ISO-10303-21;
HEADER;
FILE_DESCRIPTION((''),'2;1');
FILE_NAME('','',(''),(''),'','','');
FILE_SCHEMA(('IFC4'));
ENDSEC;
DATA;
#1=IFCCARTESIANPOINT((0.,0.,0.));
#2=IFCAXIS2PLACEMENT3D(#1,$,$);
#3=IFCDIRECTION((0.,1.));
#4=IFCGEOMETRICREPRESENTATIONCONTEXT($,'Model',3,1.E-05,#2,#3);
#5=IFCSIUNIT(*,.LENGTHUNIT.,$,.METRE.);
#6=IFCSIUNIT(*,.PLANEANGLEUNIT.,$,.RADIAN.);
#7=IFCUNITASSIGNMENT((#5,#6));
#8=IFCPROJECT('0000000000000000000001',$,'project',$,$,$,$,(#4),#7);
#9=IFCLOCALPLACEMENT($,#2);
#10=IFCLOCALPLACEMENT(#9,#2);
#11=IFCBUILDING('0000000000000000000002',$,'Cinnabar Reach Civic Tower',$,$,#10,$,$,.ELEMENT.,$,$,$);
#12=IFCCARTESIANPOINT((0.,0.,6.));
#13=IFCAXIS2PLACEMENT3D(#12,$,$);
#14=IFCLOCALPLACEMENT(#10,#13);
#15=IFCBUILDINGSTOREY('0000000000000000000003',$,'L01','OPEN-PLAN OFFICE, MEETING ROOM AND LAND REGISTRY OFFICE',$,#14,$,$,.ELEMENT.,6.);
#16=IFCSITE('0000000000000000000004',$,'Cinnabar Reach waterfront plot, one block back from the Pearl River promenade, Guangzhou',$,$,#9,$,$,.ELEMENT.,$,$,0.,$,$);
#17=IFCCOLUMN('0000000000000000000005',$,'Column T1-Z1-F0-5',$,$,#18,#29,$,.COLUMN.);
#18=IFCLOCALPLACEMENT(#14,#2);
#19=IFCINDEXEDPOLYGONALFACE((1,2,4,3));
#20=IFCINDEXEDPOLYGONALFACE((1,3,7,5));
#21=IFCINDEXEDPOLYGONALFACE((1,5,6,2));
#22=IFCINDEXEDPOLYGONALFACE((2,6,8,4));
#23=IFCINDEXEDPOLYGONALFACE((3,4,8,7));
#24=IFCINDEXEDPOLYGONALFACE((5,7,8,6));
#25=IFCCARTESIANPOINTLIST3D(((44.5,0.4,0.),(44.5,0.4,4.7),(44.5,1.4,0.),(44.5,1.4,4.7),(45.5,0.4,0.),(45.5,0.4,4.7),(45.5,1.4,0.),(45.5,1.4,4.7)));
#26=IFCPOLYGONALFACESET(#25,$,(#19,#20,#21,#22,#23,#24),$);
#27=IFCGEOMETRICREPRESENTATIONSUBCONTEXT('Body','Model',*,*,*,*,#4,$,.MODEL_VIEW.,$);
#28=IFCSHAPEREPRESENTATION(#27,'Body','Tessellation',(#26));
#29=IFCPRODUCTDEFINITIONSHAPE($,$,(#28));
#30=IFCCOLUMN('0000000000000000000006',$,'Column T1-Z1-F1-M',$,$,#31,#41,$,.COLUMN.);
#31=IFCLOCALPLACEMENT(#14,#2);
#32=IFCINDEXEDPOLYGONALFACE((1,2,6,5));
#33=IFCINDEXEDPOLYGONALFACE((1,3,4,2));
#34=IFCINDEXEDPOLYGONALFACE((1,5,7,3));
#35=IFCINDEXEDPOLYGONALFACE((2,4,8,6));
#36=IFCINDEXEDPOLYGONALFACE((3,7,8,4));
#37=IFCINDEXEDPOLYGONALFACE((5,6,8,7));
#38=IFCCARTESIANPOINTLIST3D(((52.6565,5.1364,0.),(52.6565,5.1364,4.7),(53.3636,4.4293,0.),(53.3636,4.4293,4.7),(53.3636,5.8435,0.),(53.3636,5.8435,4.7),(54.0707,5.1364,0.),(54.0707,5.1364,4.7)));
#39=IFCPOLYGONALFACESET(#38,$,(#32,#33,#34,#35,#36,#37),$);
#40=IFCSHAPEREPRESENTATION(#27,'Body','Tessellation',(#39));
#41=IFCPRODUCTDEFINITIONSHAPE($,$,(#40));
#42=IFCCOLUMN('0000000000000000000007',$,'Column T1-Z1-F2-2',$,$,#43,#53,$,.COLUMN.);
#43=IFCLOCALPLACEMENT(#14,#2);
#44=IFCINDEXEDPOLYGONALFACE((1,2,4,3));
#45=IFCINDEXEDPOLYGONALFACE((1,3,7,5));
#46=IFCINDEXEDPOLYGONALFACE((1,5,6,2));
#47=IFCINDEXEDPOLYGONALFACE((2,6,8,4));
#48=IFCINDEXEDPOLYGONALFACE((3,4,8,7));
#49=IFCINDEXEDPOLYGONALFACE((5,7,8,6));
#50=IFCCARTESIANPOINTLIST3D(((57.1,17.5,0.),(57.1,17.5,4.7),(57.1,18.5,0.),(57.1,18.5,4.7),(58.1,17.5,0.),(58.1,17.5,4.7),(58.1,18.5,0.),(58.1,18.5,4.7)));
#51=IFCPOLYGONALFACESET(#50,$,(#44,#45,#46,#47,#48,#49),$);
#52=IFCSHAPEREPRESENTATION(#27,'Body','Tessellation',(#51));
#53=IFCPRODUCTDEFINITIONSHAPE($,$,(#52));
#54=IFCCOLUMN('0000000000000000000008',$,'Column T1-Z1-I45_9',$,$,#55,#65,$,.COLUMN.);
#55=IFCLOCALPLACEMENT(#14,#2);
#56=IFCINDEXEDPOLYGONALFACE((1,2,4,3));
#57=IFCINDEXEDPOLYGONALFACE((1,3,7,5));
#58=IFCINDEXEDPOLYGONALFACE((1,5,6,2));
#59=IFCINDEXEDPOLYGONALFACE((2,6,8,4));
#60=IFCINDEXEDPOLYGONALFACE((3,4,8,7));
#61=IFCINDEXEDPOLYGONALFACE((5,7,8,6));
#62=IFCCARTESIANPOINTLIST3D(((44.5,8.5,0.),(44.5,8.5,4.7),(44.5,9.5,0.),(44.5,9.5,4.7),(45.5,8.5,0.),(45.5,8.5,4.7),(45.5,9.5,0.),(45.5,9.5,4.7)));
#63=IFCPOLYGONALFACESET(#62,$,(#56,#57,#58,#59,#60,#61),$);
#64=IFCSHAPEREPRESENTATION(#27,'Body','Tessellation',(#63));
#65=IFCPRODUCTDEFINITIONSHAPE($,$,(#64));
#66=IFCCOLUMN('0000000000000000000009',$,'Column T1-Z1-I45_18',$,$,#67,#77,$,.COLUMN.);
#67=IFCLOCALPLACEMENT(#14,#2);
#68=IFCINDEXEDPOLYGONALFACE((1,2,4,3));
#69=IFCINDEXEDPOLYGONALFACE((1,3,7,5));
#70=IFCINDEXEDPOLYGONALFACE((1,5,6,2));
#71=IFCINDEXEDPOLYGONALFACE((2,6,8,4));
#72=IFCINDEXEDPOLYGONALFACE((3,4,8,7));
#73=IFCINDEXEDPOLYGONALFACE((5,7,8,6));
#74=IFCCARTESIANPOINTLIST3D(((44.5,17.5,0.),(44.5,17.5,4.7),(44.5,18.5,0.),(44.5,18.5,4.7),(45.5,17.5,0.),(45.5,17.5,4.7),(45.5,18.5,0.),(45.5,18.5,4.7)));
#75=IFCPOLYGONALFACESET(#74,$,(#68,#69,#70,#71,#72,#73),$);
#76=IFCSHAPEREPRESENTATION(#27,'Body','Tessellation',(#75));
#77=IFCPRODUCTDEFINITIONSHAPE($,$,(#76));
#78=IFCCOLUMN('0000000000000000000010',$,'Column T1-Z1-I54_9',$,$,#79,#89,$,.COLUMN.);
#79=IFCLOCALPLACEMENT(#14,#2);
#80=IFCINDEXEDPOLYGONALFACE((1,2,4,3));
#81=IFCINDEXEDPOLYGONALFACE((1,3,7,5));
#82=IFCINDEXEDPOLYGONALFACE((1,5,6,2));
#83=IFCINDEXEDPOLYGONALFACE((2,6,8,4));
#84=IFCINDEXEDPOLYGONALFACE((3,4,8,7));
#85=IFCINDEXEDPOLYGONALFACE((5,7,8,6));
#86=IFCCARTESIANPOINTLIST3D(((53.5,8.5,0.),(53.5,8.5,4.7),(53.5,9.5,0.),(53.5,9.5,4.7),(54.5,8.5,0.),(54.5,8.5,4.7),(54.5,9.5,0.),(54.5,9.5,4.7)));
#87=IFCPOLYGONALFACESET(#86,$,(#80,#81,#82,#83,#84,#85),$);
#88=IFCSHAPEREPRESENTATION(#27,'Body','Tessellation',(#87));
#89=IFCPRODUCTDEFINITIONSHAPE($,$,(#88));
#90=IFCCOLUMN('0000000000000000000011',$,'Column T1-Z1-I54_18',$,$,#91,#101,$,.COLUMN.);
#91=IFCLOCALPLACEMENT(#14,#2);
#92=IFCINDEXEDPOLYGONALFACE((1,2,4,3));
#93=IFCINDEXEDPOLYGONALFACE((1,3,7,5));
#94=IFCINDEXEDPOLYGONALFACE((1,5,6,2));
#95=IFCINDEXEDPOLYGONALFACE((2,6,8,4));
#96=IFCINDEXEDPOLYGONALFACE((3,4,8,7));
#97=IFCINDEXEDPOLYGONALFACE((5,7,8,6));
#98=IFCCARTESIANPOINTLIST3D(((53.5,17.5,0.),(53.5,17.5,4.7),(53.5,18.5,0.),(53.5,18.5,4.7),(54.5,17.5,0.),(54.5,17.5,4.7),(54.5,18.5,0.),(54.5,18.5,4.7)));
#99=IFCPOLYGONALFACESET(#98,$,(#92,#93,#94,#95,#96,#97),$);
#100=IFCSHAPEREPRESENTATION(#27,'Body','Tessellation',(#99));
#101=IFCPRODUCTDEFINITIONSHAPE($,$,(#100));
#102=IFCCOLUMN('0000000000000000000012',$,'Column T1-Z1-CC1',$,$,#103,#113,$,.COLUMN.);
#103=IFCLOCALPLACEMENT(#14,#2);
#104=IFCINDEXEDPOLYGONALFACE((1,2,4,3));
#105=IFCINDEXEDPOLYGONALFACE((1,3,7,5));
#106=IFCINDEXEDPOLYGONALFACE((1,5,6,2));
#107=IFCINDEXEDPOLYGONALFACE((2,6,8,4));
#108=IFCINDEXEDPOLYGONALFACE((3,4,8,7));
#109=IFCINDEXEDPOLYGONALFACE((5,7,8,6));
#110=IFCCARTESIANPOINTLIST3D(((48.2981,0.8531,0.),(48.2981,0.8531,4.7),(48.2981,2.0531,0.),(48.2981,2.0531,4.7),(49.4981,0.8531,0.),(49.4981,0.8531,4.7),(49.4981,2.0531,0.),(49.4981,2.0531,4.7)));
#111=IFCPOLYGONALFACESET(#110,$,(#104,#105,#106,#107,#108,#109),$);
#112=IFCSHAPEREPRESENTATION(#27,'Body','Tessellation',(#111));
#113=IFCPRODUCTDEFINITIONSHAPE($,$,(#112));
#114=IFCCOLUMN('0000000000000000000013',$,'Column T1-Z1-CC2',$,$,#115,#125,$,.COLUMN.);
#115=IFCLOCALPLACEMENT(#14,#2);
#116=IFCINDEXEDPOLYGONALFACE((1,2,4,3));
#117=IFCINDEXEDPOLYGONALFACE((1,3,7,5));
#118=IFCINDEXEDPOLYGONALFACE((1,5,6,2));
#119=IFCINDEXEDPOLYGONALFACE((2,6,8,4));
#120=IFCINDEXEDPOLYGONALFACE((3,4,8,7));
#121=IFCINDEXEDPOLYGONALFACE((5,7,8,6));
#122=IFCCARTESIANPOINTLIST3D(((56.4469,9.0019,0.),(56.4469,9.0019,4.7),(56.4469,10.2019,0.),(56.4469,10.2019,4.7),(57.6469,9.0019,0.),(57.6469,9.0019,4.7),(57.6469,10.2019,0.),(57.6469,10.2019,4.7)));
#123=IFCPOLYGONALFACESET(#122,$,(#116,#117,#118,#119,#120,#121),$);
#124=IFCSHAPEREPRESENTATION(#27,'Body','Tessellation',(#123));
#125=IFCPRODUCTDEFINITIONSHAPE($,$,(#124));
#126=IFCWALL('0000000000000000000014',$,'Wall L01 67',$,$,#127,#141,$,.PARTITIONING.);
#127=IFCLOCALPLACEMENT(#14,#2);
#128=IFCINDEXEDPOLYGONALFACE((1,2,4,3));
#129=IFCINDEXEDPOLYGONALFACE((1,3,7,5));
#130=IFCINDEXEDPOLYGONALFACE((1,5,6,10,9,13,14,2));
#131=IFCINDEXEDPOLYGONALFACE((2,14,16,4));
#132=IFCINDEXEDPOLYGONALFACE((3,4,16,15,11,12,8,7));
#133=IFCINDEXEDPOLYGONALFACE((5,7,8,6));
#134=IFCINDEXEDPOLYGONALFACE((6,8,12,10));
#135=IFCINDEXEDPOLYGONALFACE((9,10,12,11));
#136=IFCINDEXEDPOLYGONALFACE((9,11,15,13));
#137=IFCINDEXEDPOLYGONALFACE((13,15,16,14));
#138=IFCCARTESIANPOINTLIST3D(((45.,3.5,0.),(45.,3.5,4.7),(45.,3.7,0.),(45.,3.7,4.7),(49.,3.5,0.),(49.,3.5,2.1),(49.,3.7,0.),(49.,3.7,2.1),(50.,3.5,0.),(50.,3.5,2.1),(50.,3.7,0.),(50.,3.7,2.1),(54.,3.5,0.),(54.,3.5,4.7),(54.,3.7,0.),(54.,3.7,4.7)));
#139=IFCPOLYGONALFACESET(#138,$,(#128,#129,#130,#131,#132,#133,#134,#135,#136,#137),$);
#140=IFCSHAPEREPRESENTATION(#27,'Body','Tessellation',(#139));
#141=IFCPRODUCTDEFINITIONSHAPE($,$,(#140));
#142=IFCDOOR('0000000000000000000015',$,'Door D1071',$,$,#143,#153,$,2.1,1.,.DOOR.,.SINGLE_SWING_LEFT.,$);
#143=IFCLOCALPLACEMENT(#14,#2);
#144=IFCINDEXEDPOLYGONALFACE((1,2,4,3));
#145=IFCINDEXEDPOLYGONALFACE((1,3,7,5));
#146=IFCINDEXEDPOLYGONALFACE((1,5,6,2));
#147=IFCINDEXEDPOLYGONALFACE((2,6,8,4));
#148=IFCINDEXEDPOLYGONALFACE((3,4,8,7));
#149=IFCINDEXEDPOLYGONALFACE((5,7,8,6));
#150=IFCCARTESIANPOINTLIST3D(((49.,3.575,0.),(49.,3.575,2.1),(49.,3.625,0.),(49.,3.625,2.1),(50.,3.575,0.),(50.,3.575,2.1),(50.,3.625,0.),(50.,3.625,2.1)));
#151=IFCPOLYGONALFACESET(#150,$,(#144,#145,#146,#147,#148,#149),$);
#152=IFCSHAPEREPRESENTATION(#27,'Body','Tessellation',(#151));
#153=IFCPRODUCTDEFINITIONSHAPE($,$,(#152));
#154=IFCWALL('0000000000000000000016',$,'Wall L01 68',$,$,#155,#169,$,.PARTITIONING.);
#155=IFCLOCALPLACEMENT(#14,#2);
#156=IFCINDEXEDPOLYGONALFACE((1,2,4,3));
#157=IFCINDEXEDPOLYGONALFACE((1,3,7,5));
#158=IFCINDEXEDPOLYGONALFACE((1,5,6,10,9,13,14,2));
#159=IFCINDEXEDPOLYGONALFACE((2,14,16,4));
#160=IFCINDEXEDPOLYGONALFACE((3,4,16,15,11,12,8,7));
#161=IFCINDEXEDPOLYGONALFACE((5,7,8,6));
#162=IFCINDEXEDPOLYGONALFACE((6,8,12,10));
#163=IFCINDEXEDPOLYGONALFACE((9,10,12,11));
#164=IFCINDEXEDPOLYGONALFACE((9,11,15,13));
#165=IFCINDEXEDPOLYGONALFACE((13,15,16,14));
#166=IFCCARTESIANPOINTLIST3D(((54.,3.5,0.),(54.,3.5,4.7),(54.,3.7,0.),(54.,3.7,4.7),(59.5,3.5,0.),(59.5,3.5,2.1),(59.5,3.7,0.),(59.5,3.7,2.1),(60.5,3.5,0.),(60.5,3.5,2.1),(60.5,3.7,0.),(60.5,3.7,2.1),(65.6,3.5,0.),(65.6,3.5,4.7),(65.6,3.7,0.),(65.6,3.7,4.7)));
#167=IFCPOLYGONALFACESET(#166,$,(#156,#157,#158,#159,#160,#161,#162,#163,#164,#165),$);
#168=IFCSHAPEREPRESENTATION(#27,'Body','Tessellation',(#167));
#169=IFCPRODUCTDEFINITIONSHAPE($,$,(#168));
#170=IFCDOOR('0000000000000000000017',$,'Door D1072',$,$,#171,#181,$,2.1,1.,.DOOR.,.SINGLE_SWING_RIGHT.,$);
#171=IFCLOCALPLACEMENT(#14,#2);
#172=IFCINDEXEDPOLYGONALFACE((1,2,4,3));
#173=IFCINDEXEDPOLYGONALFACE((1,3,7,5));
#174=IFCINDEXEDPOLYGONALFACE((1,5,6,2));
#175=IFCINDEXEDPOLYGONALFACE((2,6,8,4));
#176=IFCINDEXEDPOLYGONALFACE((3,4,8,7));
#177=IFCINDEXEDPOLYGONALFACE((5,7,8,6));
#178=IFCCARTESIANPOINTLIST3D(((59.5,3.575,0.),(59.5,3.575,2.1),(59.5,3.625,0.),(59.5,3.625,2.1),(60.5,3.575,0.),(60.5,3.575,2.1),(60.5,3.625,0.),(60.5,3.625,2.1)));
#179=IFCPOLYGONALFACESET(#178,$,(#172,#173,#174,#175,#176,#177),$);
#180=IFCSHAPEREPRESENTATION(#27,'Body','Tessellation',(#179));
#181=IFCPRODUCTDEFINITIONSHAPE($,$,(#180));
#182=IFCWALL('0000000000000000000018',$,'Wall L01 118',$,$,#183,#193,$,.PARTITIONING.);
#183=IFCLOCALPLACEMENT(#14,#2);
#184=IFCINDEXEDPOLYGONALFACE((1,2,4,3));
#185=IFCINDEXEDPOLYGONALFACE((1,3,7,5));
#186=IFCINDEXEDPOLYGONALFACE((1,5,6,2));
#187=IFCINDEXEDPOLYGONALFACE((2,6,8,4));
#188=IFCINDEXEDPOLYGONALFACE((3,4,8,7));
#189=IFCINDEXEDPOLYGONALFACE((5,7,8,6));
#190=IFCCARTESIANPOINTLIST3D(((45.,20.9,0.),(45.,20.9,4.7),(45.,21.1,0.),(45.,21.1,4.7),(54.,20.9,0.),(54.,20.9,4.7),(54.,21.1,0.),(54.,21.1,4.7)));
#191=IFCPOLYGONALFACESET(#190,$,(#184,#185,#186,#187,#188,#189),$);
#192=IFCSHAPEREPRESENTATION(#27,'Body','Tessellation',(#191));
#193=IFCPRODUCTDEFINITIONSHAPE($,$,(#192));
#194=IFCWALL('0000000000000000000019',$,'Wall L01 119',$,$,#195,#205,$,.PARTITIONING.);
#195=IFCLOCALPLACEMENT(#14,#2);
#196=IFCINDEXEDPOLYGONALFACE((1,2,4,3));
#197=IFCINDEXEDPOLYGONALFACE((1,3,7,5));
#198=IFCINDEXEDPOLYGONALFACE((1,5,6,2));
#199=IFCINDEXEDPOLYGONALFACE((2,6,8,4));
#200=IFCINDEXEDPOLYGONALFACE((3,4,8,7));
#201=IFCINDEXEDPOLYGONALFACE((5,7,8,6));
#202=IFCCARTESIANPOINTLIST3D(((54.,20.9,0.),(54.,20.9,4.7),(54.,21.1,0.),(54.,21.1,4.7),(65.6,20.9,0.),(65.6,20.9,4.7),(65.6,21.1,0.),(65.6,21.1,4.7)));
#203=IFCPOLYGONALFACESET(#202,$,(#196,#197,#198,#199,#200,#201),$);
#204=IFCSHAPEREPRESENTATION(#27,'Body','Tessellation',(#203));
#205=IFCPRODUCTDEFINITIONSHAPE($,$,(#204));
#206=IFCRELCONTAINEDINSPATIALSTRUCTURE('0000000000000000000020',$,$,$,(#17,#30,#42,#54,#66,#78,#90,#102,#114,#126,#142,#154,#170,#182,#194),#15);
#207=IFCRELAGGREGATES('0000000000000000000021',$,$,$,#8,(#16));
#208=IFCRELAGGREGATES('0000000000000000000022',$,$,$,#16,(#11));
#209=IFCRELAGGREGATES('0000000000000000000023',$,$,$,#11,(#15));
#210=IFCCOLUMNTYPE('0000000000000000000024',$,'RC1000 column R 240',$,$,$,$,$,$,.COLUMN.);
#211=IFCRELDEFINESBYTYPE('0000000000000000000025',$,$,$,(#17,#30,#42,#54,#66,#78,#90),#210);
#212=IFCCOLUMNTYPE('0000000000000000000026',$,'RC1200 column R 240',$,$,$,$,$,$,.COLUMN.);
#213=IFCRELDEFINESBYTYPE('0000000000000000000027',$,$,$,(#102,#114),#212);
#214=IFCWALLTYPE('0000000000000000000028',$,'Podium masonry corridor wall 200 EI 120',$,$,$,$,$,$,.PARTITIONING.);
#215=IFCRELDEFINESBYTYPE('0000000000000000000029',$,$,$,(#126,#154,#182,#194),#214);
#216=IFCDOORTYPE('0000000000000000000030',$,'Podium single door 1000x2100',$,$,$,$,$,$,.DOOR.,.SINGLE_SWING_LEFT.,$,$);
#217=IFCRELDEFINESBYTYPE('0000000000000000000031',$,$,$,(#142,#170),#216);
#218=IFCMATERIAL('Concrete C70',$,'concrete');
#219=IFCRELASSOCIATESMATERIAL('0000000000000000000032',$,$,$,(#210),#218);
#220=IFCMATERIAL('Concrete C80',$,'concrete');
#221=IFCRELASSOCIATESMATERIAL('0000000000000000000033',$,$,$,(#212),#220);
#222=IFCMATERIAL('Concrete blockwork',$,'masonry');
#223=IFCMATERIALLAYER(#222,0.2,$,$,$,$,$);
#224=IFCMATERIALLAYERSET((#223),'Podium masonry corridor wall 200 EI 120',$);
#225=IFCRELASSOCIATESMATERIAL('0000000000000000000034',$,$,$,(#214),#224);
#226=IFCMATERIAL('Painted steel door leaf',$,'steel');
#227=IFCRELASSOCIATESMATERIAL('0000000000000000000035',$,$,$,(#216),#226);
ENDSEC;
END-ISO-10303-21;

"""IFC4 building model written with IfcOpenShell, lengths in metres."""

from ifc_helpers import new_model, si_unit, direction, frame, frame_2d, origin, origin_2d, place, context, subcontext, project, spatial, rectangle, extrude, material, layer, layer_set, material_profile, profile_set, type_object, element, fill, save


model = new_model("IFC4")

# Units and contexts
model_context = context("Model", 3, precision=1e-05, world=origin(), true_north=direction((0.0, 1.0)))
body_context = subcontext(model_context, "Body", "Model", "MODEL_VIEW")
ifc_project = project(units=[si_unit("LENGTHUNIT", "METRE"), si_unit("PLANEANGLEUNIT", "RADIAN")], contexts=[model_context])

# Site, building, storey
site_placement = place(None, origin())
site = spatial("IfcSite", under=ifc_project, at=site_placement, Name="Cinnabar Reach waterfront plot, one block back from the Pearl River promenade, Guangzhou", CompositionType="ELEMENT", RefElevation=0.0)
building_placement = place(site_placement, origin())
building = spatial("IfcBuilding", under=site, at=building_placement, Name="Cinnabar Reach Civic Tower", CompositionType="ELEMENT")
storey_placement = place(building_placement, frame((0.0, 0.0, 6.0)))
storey = spatial("IfcBuildingStorey", under=building, at=storey_placement, Name="L01", Description="OPEN-PLAN OFFICE, MEETING ROOM AND LAND REGISTRY OFFICE", CompositionType="ELEMENT", Elevation=6.0)

# Columns
ifc_material_1 = material(Name="Concrete C70", Category="concrete")
ifc_material_profile_1 = material_profile(ifc_material_1, rectangle(XDim=1.0, YDim=1.0, at=origin_2d()), Name="RC1000")
ifc_profile_set_1 = profile_set([ifc_material_profile_1], Name="Concrete C70")
column_type_1 = type_object("IfcColumnType", Name="RC1000 column R 240", PredefinedType="COLUMN", material=ifc_profile_set_1)
for number, where, z_axis, x_axis, name in (
    (1, (45.0, 0.9, 0.0), (0.0, 0.0, 1.0), (1.0, 0.0, 0.0), "Column T1-Z1-F0-5"),
    (2, (53.3636, 5.1364, 0.0), (0.0, 0.0, 1.0), (0.707107, 0.707107, 0.0), "Column T1-Z1-F1-M"),
    (3, (57.6, 18.0, 0.0), (0.0, 0.0, 1.0), (1.0, 0.0, 0.0), "Column T1-Z1-F2-2"),
    (4, (45.0, 9.0, 0.0), (0.0, 0.0, 1.0), (1.0, 0.0, 0.0), "Column T1-Z1-I45_9"),
    (5, (45.0, 18.0, 0.0), (0.0, 0.0, 1.0), (1.0, 0.0, 0.0), "Column T1-Z1-I45_18"),
    (6, (54.0, 9.0, 0.0), (0.0, 0.0, 1.0), (1.0, 0.0, 0.0), "Column T1-Z1-I54_9"),
    (7, (54.0, 18.0, 0.0), (0.0, 0.0, 1.0), (1.0, 0.0, 0.0), "Column T1-Z1-I54_18"),
):
    element("IfcColumn", number, at=place(storey_placement, frame(where, z_axis=z_axis, x_axis=x_axis)), inside=storey, type_object=column_type_1, Name=name, PredefinedType="COLUMN", context=body_context, shape_type="SweptSolid", body=[
        extrude(rectangle(XDim=1.0, YDim=1.0, at=origin_2d()), origin(), (0.0, 0.0, 1.0), 4.7),
    ])
ifc_material_2 = material(Name="Concrete C80", Category="concrete")
ifc_material_profile_2 = material_profile(ifc_material_2, rectangle(XDim=1.2, YDim=1.2, at=origin_2d()), Name="RC1200")
ifc_profile_set_2 = profile_set([ifc_material_profile_2], Name="Concrete C80")
column_type_2 = type_object("IfcColumnType", Name="RC1200 column R 240", PredefinedType="COLUMN", material=ifc_profile_set_2)
for number, where, z_axis, x_axis, name in (
    (8, (48.8981, 1.4531, 0.0), (0.0, 0.0, 1.0), (1.0, 0.0, 0.0), "Column T1-Z1-CC1"),
    (9, (57.0469, 9.6019, 0.0), (0.0, 0.0, 1.0), (1.0, 0.0, 0.0), "Column T1-Z1-CC2"),
):
    element("IfcColumn", number, at=place(storey_placement, frame(where, z_axis=z_axis, x_axis=x_axis)), inside=storey, type_object=column_type_2, Name=name, PredefinedType="COLUMN", context=body_context, shape_type="SweptSolid", body=[
        extrude(rectangle(XDim=1.2, YDim=1.2, at=origin_2d()), origin(), (0.0, 0.0, 1.0), 4.7),
    ])

# Walls, openings, doors
ifc_material_3 = material(Name="Concrete blockwork", Category="masonry")
ifc_layer_1 = layer(ifc_material_3, 0.2)
ifc_layer_set_1 = layer_set([ifc_layer_1], Name="Podium masonry corridor wall 200 EI 120")
wall_type_1 = type_object("IfcWallType", Name="Podium masonry corridor wall 200 EI 120", PredefinedType="PARTITIONING", material=ifc_layer_set_1)
wall_1_placement = place(storey_placement, frame((45.0, 3.6, 0.0), z_axis=(0.0, 0.0, 1.0), x_axis=(1.0, 0.0, 0.0)))
wall_1 = element("IfcWall", 10, at=wall_1_placement, inside=storey, type_object=wall_type_1, Name="Wall L01 67", PredefinedType="PARTITIONING", context=body_context, shape_type="SweptSolid", body=[
    extrude(rectangle(XDim=9.0, YDim=0.2, at=frame_2d((4.5, 0.0))), origin(), (0.0, 0.0, 1.0), 4.7),
])
opening_1_placement = place(wall_1_placement, frame((4.0, 0.0, 0.0)))
opening_1 = element("IfcOpeningElement", 11, at=opening_1_placement, cuts=wall_1, PredefinedType="OPENING", context=body_context, shape_type="SweptSolid", body=[
    extrude(rectangle(XDim=1.0, YDim=2.1, at=frame_2d((0.5, 1.05))), frame((0.0, 0.11, 0.0), z_axis=(0.0, -1.0, 0.0), x_axis=(1.0, 0.0, 0.0)), (0.0, 0.0, 1.0), 0.22),
])
ifc_material_4 = material(Name="Painted steel door leaf", Category="steel")
door_type = type_object("IfcDoorType", Name="Podium single door 1000x2100", OperationType="SINGLE_SWING_LEFT", PredefinedType="DOOR", material=ifc_material_4)
door_1_placement = place(opening_1_placement, origin())
door_1 = element("IfcDoor", 12, at=door_1_placement, inside=storey, type_object=door_type, Name="Door D1071", OperationType="SINGLE_SWING_LEFT", OverallHeight=2.1, OverallWidth=1.0, PredefinedType="DOOR", context=body_context, shape_type="SweptSolid", body=[
    extrude(rectangle(XDim=1.0, YDim=2.1, at=frame_2d((0.5, 1.05))), frame((0.0, 0.025, 0.0), z_axis=(0.0, -1.0, 0.0), x_axis=(1.0, 0.0, 0.0)), (0.0, 0.0, 1.0), 0.05),
])
fill(opening_1, door_1)
wall_2_placement = place(storey_placement, frame((54.0, 3.6, 0.0), z_axis=(0.0, 0.0, 1.0), x_axis=(1.0, 0.0, 0.0)))
wall_2 = element("IfcWall", 13, at=wall_2_placement, inside=storey, type_object=wall_type_1, Name="Wall L01 68", PredefinedType="PARTITIONING", context=body_context, shape_type="SweptSolid", body=[
    extrude(rectangle(XDim=11.6, YDim=0.2, at=frame_2d((5.8, 0.0))), origin(), (0.0, 0.0, 1.0), 4.7),
])
opening_2_placement = place(wall_2_placement, frame((5.5, 0.0, 0.0)))
opening_2 = element("IfcOpeningElement", 14, at=opening_2_placement, cuts=wall_2, PredefinedType="OPENING", context=body_context, shape_type="SweptSolid", body=[
    extrude(rectangle(XDim=1.0, YDim=2.1, at=frame_2d((0.5, 1.05))), frame((0.0, 0.11, 0.0), z_axis=(0.0, -1.0, 0.0), x_axis=(1.0, 0.0, 0.0)), (0.0, 0.0, 1.0), 0.22),
])
door_2_placement = place(opening_2_placement, origin())
door_2 = element("IfcDoor", 15, at=door_2_placement, inside=storey, type_object=door_type, Name="Door D1072", OperationType="SINGLE_SWING_RIGHT", OverallHeight=2.1, OverallWidth=1.0, PredefinedType="DOOR", context=body_context, shape_type="SweptSolid", body=[
    extrude(rectangle(XDim=1.0, YDim=2.1, at=frame_2d((0.5, 1.05))), frame((0.0, 0.025, 0.0), z_axis=(0.0, -1.0, 0.0), x_axis=(1.0, 0.0, 0.0)), (0.0, 0.0, 1.0), 0.05),
])
fill(opening_2, door_2)

# Walls
wall_3_placement = place(storey_placement, frame((45.0, 21.0, 0.0), z_axis=(0.0, 0.0, 1.0), x_axis=(1.0, 0.0, 0.0)))
element("IfcWall", 16, at=wall_3_placement, inside=storey, type_object=wall_type_1, Name="Wall L01 118", PredefinedType="PARTITIONING", context=body_context, shape_type="SweptSolid", body=[
    extrude(rectangle(XDim=9.0, YDim=0.2, at=frame_2d((4.5, 0.0))), origin(), (0.0, 0.0, 1.0), 4.7),
])
wall_4_placement = place(storey_placement, frame((54.0, 21.0, 0.0), z_axis=(0.0, 0.0, 1.0), x_axis=(1.0, 0.0, 0.0)))
element("IfcWall", 17, at=wall_4_placement, inside=storey, type_object=wall_type_1, Name="Wall L01 119", PredefinedType="PARTITIONING", context=body_context, shape_type="SweptSolid", body=[
    extrude(rectangle(XDim=11.6, YDim=0.2, at=frame_2d((5.8, 0.0))), origin(), (0.0, 0.0, 1.0), 4.7),
])

save(model, "model.ifc")
